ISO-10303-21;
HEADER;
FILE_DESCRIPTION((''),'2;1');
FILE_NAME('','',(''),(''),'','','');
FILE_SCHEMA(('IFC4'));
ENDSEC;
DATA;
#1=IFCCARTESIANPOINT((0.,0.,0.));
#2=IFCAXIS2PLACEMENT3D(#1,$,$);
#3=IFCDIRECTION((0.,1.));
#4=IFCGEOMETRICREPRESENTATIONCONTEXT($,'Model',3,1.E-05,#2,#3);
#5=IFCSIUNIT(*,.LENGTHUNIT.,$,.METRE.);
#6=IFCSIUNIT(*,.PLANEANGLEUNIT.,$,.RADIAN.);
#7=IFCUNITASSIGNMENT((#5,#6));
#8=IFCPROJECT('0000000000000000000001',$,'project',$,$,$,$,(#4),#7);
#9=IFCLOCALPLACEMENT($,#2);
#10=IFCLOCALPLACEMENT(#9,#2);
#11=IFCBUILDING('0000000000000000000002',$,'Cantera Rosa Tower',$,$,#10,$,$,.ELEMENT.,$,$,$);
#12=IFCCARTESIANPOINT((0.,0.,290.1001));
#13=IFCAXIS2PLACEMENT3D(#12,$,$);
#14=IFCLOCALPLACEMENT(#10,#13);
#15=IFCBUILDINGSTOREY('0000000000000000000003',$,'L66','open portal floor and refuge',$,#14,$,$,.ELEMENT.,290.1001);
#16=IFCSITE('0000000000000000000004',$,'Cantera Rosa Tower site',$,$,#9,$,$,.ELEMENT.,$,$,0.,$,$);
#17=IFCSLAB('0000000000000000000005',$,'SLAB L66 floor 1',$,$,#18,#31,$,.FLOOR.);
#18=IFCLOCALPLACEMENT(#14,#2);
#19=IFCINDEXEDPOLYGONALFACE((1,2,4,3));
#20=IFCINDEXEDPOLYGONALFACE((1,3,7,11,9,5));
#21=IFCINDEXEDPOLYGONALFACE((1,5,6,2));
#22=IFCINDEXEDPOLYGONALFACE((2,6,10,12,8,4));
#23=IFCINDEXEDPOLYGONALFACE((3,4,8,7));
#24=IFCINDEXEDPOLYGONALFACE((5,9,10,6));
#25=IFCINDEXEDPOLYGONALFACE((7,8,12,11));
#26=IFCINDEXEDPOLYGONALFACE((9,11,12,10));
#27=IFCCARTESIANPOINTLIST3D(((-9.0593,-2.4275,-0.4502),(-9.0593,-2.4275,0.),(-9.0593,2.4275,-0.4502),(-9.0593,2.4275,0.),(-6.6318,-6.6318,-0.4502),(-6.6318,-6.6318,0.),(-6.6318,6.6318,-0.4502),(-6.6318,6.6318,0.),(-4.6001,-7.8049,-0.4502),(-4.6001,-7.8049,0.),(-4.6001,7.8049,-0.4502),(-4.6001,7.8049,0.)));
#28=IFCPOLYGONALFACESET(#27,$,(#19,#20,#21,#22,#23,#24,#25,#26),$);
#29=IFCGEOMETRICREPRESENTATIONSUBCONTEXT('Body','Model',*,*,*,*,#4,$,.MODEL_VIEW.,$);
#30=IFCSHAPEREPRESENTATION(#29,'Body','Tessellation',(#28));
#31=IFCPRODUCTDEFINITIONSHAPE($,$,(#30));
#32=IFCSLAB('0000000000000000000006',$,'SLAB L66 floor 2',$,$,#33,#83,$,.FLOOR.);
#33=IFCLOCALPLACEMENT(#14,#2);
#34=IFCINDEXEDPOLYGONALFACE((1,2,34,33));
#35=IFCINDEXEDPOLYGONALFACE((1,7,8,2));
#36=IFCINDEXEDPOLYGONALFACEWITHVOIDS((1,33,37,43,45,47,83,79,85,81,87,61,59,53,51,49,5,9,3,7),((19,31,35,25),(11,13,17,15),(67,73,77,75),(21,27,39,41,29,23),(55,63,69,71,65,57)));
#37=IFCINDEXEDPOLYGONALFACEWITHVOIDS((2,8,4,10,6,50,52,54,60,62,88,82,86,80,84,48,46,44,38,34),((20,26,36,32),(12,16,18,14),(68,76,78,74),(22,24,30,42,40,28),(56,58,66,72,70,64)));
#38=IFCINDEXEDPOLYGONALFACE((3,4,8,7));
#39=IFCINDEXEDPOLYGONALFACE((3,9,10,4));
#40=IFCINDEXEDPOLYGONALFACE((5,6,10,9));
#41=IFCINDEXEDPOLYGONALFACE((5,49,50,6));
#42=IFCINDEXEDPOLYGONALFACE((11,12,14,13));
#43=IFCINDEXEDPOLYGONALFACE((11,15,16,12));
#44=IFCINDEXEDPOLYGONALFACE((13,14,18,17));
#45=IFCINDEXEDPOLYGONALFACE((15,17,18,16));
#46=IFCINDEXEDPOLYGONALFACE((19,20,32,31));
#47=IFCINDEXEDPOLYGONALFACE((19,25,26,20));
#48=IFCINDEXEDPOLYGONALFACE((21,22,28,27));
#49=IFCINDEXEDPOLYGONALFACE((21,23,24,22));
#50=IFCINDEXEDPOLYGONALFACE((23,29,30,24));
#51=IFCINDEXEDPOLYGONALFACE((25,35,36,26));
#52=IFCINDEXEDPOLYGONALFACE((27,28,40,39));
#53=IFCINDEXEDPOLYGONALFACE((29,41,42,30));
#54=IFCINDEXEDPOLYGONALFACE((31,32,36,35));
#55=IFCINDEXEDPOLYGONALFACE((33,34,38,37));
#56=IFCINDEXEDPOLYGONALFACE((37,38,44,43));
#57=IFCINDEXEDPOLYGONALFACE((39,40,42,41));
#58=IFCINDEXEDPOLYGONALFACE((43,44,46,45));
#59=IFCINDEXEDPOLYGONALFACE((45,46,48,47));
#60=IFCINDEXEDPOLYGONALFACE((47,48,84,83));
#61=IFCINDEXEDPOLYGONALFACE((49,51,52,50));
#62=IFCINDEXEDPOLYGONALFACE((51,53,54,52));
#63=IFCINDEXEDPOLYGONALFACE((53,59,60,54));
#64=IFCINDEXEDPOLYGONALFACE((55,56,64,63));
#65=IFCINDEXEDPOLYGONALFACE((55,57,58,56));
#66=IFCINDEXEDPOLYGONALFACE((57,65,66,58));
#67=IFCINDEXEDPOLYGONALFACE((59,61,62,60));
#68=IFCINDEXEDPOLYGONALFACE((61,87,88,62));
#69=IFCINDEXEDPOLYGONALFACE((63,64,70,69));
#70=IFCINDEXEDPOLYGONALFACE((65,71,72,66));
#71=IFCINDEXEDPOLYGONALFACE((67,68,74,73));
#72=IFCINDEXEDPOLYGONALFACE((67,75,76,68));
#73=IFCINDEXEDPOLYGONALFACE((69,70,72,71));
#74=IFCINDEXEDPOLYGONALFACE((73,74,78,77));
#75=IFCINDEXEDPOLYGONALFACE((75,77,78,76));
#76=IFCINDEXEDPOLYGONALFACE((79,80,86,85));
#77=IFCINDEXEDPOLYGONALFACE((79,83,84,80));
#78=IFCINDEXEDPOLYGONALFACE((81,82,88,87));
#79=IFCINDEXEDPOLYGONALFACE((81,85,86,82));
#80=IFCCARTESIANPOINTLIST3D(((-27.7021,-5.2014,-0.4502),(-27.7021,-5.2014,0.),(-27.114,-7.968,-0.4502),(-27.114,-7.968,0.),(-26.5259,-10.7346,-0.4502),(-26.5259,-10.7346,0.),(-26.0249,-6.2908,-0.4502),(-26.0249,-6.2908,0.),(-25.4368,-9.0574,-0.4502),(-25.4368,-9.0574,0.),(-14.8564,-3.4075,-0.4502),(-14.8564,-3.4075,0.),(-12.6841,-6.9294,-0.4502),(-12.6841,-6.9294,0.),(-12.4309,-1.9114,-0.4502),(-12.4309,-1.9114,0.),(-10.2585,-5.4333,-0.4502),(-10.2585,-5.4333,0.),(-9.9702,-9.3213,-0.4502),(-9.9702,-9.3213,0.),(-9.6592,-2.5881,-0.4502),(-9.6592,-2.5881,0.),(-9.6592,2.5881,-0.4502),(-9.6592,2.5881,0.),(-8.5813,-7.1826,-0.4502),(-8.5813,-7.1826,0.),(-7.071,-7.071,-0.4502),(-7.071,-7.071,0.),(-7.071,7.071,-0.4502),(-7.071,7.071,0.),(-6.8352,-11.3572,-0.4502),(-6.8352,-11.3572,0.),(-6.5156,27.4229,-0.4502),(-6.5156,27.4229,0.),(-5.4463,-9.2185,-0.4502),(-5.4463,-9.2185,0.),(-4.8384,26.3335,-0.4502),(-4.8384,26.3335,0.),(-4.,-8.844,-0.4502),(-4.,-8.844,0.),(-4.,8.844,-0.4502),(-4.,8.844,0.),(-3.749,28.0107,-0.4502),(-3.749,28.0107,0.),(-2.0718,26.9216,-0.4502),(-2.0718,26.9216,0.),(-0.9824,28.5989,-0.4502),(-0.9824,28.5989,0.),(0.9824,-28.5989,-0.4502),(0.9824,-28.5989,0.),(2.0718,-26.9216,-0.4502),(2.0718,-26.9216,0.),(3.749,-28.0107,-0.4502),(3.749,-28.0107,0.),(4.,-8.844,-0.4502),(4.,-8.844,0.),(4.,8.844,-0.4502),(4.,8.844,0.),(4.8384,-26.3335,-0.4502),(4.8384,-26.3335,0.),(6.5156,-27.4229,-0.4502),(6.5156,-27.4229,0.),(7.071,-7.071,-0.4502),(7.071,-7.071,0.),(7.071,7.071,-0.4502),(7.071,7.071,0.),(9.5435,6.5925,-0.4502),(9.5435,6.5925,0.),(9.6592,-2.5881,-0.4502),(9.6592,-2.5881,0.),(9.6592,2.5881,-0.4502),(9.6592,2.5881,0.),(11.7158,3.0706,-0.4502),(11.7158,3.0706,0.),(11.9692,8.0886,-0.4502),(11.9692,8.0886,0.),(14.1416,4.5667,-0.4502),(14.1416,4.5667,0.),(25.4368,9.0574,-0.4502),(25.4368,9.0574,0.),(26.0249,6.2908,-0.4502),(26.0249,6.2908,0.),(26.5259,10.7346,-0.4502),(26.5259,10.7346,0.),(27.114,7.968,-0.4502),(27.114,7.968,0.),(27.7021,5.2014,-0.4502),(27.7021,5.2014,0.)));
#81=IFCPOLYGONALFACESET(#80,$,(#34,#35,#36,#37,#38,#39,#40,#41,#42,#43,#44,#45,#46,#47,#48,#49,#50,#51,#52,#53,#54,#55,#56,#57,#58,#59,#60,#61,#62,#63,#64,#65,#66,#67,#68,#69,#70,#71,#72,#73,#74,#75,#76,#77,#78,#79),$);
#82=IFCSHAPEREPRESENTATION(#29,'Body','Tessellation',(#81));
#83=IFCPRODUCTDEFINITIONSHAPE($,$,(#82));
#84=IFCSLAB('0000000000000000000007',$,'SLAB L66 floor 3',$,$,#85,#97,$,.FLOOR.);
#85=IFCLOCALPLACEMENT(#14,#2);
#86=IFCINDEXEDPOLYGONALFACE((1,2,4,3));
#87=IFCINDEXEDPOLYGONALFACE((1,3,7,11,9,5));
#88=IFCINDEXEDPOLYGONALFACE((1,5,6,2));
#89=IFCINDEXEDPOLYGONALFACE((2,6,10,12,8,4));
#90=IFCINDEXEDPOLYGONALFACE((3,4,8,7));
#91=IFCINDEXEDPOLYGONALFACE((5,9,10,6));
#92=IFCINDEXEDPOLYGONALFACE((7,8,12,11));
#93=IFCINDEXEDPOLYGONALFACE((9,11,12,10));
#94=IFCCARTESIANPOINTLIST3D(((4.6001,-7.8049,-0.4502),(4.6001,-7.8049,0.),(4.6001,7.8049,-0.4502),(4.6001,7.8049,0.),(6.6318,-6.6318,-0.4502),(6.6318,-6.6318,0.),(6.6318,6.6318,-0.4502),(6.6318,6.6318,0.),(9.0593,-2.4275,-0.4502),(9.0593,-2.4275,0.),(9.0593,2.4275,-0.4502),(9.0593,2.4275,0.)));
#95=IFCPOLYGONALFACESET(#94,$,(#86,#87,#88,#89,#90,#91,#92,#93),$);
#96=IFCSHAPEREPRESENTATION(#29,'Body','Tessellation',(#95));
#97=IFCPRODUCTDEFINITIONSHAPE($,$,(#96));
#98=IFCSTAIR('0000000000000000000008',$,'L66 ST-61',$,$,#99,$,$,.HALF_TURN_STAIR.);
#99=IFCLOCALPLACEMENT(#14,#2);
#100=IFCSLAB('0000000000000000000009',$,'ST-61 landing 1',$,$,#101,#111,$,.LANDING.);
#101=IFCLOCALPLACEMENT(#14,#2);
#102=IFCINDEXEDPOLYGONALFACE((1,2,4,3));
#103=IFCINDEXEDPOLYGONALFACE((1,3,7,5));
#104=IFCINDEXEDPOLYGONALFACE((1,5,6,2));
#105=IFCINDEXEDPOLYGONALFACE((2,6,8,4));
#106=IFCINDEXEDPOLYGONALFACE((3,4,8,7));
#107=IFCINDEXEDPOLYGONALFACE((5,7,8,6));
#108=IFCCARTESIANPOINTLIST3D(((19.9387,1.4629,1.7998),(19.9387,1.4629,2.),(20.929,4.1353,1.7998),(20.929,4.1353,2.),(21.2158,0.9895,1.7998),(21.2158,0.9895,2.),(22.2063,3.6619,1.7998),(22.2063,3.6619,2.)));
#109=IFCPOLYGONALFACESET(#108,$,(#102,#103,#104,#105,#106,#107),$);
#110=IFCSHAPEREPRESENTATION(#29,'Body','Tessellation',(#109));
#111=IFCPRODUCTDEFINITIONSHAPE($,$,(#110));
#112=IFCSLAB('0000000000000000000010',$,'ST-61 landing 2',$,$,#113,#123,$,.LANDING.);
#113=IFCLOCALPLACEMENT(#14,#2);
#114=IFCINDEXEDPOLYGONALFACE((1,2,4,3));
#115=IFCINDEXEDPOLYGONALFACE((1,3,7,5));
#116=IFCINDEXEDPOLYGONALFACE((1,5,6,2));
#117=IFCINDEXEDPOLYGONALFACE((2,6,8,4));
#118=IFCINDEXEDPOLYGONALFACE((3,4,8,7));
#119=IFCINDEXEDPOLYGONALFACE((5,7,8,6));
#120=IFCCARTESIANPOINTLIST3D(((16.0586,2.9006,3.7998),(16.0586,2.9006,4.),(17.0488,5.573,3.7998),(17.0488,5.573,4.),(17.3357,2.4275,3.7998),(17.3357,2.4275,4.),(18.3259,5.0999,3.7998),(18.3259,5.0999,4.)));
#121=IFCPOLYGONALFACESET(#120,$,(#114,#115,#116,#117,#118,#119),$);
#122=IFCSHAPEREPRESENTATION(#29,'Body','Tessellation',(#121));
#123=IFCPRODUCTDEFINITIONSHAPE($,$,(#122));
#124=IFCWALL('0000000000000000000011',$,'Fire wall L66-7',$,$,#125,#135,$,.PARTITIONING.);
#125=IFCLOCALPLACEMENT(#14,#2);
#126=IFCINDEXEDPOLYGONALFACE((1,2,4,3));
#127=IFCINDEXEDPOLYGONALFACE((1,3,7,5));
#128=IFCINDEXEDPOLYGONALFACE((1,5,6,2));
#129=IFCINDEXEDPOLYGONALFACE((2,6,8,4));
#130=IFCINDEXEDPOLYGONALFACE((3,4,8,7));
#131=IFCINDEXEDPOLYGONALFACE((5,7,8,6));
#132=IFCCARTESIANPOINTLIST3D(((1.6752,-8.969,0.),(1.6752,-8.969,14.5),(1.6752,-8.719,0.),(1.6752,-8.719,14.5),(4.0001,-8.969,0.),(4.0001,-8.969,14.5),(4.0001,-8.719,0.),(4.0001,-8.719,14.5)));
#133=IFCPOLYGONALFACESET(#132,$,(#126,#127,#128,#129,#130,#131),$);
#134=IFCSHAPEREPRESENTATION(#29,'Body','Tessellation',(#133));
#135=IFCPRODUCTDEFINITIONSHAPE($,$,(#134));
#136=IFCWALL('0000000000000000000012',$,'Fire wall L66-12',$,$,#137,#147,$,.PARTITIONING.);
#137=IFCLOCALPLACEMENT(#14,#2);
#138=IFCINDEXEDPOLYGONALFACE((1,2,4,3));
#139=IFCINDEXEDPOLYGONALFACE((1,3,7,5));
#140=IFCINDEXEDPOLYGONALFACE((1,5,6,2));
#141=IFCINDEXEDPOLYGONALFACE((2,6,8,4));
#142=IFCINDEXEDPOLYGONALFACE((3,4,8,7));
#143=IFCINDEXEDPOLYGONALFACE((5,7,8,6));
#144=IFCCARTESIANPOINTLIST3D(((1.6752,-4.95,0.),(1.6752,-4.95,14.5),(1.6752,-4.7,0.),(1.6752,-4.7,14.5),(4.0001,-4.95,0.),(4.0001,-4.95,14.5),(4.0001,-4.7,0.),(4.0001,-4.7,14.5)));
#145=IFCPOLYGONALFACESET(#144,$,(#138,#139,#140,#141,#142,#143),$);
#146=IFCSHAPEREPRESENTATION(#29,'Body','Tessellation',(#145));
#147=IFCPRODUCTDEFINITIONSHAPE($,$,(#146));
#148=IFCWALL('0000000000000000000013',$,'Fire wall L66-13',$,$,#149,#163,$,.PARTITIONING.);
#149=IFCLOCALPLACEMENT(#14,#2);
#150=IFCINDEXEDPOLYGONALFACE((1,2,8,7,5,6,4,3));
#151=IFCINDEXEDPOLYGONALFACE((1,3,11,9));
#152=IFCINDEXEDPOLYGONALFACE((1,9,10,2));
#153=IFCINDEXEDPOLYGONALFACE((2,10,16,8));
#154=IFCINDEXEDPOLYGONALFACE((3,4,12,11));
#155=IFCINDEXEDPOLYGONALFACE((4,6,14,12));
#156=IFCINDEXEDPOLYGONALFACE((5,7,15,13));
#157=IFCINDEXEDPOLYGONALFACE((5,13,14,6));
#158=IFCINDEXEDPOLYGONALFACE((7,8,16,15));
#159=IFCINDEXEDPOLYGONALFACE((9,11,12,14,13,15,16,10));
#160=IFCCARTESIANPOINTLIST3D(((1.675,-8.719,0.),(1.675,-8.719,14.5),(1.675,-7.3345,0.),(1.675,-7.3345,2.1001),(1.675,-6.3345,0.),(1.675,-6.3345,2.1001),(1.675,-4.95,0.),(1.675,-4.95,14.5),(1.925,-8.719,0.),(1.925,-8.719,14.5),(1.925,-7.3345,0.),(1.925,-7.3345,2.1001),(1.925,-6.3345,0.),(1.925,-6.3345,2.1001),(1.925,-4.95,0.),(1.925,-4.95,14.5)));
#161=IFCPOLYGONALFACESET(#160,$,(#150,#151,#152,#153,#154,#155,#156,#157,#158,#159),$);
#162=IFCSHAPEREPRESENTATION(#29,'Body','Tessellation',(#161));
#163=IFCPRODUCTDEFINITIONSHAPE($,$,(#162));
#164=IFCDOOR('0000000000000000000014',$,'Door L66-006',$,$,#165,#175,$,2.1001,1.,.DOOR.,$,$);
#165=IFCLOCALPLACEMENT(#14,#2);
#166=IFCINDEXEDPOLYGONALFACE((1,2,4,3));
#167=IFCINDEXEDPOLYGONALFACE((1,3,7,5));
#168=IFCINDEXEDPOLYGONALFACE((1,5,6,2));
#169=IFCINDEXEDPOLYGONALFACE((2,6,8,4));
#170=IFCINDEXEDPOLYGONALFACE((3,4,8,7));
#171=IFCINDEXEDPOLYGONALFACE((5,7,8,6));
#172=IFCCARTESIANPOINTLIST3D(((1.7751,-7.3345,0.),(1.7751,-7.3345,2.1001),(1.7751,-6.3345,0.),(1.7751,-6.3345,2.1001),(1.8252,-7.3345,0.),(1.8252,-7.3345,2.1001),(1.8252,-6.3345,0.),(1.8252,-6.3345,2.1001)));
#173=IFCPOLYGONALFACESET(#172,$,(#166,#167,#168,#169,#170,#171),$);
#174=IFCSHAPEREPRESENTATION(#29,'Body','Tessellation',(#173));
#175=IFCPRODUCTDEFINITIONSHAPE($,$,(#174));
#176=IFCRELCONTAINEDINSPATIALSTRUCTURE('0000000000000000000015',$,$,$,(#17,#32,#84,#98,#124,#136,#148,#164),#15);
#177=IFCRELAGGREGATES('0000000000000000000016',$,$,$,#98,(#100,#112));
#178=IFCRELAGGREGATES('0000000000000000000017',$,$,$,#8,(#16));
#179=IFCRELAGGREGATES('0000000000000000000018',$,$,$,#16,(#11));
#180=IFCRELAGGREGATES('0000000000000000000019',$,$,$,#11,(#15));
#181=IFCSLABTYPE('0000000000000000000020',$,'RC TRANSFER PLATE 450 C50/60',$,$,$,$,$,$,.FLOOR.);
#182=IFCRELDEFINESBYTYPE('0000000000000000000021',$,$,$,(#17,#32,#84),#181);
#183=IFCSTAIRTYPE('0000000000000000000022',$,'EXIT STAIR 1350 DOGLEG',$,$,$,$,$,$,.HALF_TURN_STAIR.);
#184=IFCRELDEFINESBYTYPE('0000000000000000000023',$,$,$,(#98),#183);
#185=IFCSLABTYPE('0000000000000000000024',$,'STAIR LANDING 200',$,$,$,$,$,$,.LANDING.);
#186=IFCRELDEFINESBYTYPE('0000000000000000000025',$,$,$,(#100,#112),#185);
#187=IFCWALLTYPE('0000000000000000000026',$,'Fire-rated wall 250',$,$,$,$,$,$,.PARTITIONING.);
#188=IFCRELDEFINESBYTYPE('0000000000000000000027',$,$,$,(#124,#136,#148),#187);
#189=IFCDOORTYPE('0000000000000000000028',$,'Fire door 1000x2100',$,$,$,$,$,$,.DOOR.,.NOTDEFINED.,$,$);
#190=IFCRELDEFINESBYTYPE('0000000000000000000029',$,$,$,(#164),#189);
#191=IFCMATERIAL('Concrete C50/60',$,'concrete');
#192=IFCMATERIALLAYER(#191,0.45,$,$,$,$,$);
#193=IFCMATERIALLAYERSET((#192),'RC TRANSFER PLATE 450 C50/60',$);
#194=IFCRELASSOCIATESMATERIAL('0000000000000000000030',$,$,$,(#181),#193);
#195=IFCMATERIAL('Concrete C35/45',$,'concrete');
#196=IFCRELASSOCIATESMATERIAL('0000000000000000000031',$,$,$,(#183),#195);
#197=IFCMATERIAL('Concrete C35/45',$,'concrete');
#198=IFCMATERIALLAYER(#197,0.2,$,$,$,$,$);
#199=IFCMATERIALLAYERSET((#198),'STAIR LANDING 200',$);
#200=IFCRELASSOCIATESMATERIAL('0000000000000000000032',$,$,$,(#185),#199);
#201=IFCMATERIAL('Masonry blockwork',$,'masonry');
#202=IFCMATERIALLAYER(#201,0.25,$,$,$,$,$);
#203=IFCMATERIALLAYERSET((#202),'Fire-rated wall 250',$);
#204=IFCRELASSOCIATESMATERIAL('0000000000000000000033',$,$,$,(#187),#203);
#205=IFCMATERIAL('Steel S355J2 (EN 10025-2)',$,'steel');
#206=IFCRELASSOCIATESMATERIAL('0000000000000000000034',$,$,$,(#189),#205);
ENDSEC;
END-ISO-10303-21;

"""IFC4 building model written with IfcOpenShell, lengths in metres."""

from ifc_helpers import new_model, si_unit, direction, frame, frame_2d, origin, place, context, subcontext, project, spatial, polyline, rectangle, outline, extrude, material, layer, layer_set, type_object, element, fill, aggregate, save


model = new_model("IFC4")

# Units and contexts
model_context = context("Model", 3, precision=1e-05, world=origin(), true_north=direction((0.0, 1.0)))
body_context = subcontext(model_context, "Body", "Model", "MODEL_VIEW")
ifc_project = project(units=[si_unit("LENGTHUNIT", "METRE"), si_unit("PLANEANGLEUNIT", "RADIAN")], contexts=[model_context])

# Site, building, storey
site_placement = place(None, origin())
site = spatial("IfcSite", under=ifc_project, at=site_placement, Name="Cantera Rosa Tower site", CompositionType="ELEMENT", RefElevation=0.0)
building_placement = place(site_placement, origin())
building = spatial("IfcBuilding", under=site, at=building_placement, Name="Cantera Rosa Tower", CompositionType="ELEMENT")
storey_placement = place(building_placement, frame((0.0, 0.0, 290.1001)))
storey = spatial("IfcBuildingStorey", under=building, at=storey_placement, Name="L66", Description="open portal floor and refuge", CompositionType="ELEMENT", Elevation=290.1001)

# Slabs
ifc_material_1 = material(Name="Concrete C50/60", Category="concrete")
ifc_layer_1 = layer(ifc_material_1, 0.45)
ifc_layer_set_1 = layer_set([ifc_layer_1], Name="RC TRANSFER PLATE 450 C50/60")
slab_type_1 = type_object("IfcSlabType", Name="RC TRANSFER PLATE 450 C50/60", PredefinedType="FLOOR", material=ifc_layer_set_1)
slab_1_placement = place(storey_placement, frame((0.0, 0.0, -0.4502)))
element("IfcSlab", 1, at=slab_1_placement, inside=storey, type_object=slab_type_1, Name="SLAB L66 floor 1", PredefinedType="FLOOR", context=body_context, shape_type="SweptSolid", body=[
    extrude(outline(polyline([(-4.6001, -7.8049), (-6.6318, -6.6318), (-9.0593, -2.4275), (-9.0593, 2.4275), (-6.6318, 6.6318), (-4.6001, 7.8049), (-4.6001, -7.8049)])), origin(), (0.0, 0.0, 1.0), 0.4502),
])
slab_2_placement = place(storey_placement, frame((0.0, 0.0, -0.4502)))
element("IfcSlab", 2, at=slab_2_placement, inside=storey, type_object=slab_type_1, Name="SLAB L66 floor 2", PredefinedType="FLOOR", context=body_context, shape_type="SweptSolid", body=[
    extrude(outline(polyline([(27.114, 7.968), (26.0249, 6.2908), (27.7021, 5.2014), (6.5156, -27.4229), (4.8384, -26.3335), (3.749, -28.0107), (2.0718, -26.9216), (0.9824, -28.5989), (-26.5259, -10.7346), (-25.4368, -9.0574), (-27.114, -7.968), (-26.0249, -6.2908), (-27.7021, -5.2014), (-6.5156, 27.4229), (-4.8384, 26.3335), (-3.749, 28.0107), (-2.0718, 26.9216), (-0.9824, 28.5989), (26.5259, 10.7346), (25.4368, 9.0574), (27.114, 7.968)]), holes=[polyline([(-9.9702, -9.3213), (-6.8352, -11.3572), (-5.4463, -9.2185), (-8.5813, -7.1826), (-9.9702, -9.3213)]), polyline([(-14.8564, -3.4075), (-12.6841, -6.9294), (-10.2585, -5.4333), (-12.4309, -1.9114), (-14.8564, -3.4075)]), polyline([(-9.6592, -2.5881), (-7.071, -7.071), (-4.0, -8.844), (-4.0, 8.844), (-7.071, 7.071), (-9.6592, 2.5881), (-9.6592, -2.5881)]), polyline([(9.6592, -2.5881), (9.6592, 2.5881), (7.071, 7.071), (4.0, 8.844), (4.0, -8.844), (7.071, -7.071), (9.6592, -2.5881)]), polyline([(11.9692, 8.0886), (9.5435, 6.5925), (11.7158, 3.0706), (14.1416, 4.5667), (11.9692, 8.0886)])]), origin(), (0.0, 0.0, 1.0), 0.4502),
])
slab_3_placement = place(storey_placement, frame((0.0, 0.0, -0.4502)))
element("IfcSlab", 3, at=slab_3_placement, inside=storey, type_object=slab_type_1, Name="SLAB L66 floor 3", PredefinedType="FLOOR", context=body_context, shape_type="SweptSolid", body=[
    extrude(outline(polyline([(4.6001, -7.8049), (4.6001, 7.8049), (6.6318, 6.6318), (9.0593, 2.4275), (9.0593, -2.4275), (6.6318, -6.6318), (4.6001, -7.8049)])), origin(), (0.0, 0.0, 1.0), 0.4502),
])

# Stair, slabs
ifc_material_2 = material(Name="Concrete C35/45", Category="concrete")
stair_type = type_object("IfcStairType", Name="EXIT STAIR 1350 DOGLEG", PredefinedType="HALF_TURN_STAIR", material=ifc_material_2)
stair_placement = place(storey_placement, origin())
stair = element("IfcStair", 4, at=stair_placement, inside=storey, type_object=stair_type, Name="L66 ST-61", PredefinedType="HALF_TURN_STAIR")
ifc_material_3 = material(Name="Concrete C35/45", Category="concrete")
ifc_layer_2 = layer(ifc_material_3, 0.2)
ifc_layer_set_2 = layer_set([ifc_layer_2], Name="STAIR LANDING 200")
slab_type_2 = type_object("IfcSlabType", Name="STAIR LANDING 200", PredefinedType="LANDING", material=ifc_layer_set_2)
slab_4_placement = place(storey_placement, frame((0.0, 0.0, 1.7998)))
slab_4 = element("IfcSlab", 5, at=slab_4_placement, type_object=slab_type_2, Name="ST-61 landing 1", PredefinedType="LANDING", context=body_context, shape_type="SweptSolid", body=[
    extrude(outline(polyline([(19.9387, 1.4629), (21.2158, 0.9895), (22.2063, 3.6619), (20.929, 4.1353), (19.9387, 1.4629)])), origin(), (0.0, 0.0, 1.0), 0.2002),
])
slab_5_placement = place(storey_placement, frame((0.0, 0.0, 3.7998)))
slab_5 = element("IfcSlab", 6, at=slab_5_placement, type_object=slab_type_2, Name="ST-61 landing 2", PredefinedType="LANDING", context=body_context, shape_type="SweptSolid", body=[
    extrude(outline(polyline([(16.0586, 2.9006), (17.3357, 2.4275), (18.3259, 5.0999), (17.0488, 5.573), (16.0586, 2.9006)])), origin(), (0.0, 0.0, 1.0), 0.2002),
])
aggregate(stair, [slab_4, slab_5])

# Walls
ifc_material_4 = material(Name="Masonry blockwork", Category="masonry")
ifc_layer_3 = layer(ifc_material_4, 0.25)
ifc_layer_set_3 = layer_set([ifc_layer_3], Name="Fire-rated wall 250")
wall_type_1 = type_object("IfcWallType", Name="Fire-rated wall 250", PredefinedType="PARTITIONING", material=ifc_layer_set_3)
for number, where, z_axis, x_axis, name in (
    (7, (1.675, -8.844, 0.0), (0.0, 0.0, 1.0), (1.0, 0.0, 0.0), "Fire wall L66-7"),
    (8, (1.675, -4.825, 0.0), (0.0, 0.0, 1.0), (1.0, 0.0, 0.0), "Fire wall L66-12"),
):
    element("IfcWall", number, at=place(storey_placement, frame(where, z_axis=z_axis, x_axis=x_axis)), inside=storey, type_object=wall_type_1, Name=name, PredefinedType="PARTITIONING", context=body_context, shape_type="SweptSolid", body=[
        extrude(rectangle(XDim=2.325, YDim=0.25, at=frame_2d((1.1626, 0.0))), origin(), (0.0, 0.0, 1.0), 14.5),
    ])

# Wall, opening, door
wall_1_placement = place(storey_placement, frame((1.8, -8.719, 0.0), z_axis=(0.0, 0.0, 1.0), x_axis=(0.0, 1.0, 0.0)))
wall_1 = element("IfcWall", 9, at=wall_1_placement, inside=storey, type_object=wall_type_1, Name="Fire wall L66-13", PredefinedType="PARTITIONING", context=body_context, shape_type="SweptSolid", body=[
    extrude(rectangle(XDim=3.769, YDim=0.25, at=frame_2d((1.8845, 0.0))), origin(), (0.0, 0.0, 1.0), 14.5),
])
opening_1_placement = place(wall_1_placement, frame((1.3845, 0.0, 0.0)))
opening_1 = element("IfcOpeningElement", 10, at=opening_1_placement, cuts=wall_1, PredefinedType="OPENING", context=body_context, shape_type="SweptSolid", body=[
    extrude(rectangle(XDim=1.0, YDim=2.1001, at=frame_2d((0.5, 1.05))), frame((0.0, 0.135, 0.0), z_axis=(0.0, -1.0, 0.0), x_axis=(1.0, 0.0, 0.0)), (0.0, 0.0, 1.0), 0.27),
])
ifc_material_5 = material(Name="Steel S355J2 (EN 10025-2)", Category="steel")
door_type = type_object("IfcDoorType", Name="Fire door 1000x2100", OperationType="NOTDEFINED", PredefinedType="DOOR", material=ifc_material_5)
door_1_placement = place(opening_1_placement, origin())
door_1 = element("IfcDoor", 11, at=door_1_placement, inside=storey, type_object=door_type, Name="Door L66-006", OverallHeight=2.1001, OverallWidth=1.0, PredefinedType="DOOR", context=body_context, shape_type="SweptSolid", body=[
    extrude(rectangle(XDim=1.0, YDim=2.1001, at=frame_2d((0.5, 1.05))), frame((0.0, 0.0249, 0.0), z_axis=(0.0, -1.0, 0.0), x_axis=(1.0, 0.0, 0.0)), (0.0, 0.0, 1.0), 0.05),
])
fill(opening_1, door_1)

save(model, "model.ifc")
